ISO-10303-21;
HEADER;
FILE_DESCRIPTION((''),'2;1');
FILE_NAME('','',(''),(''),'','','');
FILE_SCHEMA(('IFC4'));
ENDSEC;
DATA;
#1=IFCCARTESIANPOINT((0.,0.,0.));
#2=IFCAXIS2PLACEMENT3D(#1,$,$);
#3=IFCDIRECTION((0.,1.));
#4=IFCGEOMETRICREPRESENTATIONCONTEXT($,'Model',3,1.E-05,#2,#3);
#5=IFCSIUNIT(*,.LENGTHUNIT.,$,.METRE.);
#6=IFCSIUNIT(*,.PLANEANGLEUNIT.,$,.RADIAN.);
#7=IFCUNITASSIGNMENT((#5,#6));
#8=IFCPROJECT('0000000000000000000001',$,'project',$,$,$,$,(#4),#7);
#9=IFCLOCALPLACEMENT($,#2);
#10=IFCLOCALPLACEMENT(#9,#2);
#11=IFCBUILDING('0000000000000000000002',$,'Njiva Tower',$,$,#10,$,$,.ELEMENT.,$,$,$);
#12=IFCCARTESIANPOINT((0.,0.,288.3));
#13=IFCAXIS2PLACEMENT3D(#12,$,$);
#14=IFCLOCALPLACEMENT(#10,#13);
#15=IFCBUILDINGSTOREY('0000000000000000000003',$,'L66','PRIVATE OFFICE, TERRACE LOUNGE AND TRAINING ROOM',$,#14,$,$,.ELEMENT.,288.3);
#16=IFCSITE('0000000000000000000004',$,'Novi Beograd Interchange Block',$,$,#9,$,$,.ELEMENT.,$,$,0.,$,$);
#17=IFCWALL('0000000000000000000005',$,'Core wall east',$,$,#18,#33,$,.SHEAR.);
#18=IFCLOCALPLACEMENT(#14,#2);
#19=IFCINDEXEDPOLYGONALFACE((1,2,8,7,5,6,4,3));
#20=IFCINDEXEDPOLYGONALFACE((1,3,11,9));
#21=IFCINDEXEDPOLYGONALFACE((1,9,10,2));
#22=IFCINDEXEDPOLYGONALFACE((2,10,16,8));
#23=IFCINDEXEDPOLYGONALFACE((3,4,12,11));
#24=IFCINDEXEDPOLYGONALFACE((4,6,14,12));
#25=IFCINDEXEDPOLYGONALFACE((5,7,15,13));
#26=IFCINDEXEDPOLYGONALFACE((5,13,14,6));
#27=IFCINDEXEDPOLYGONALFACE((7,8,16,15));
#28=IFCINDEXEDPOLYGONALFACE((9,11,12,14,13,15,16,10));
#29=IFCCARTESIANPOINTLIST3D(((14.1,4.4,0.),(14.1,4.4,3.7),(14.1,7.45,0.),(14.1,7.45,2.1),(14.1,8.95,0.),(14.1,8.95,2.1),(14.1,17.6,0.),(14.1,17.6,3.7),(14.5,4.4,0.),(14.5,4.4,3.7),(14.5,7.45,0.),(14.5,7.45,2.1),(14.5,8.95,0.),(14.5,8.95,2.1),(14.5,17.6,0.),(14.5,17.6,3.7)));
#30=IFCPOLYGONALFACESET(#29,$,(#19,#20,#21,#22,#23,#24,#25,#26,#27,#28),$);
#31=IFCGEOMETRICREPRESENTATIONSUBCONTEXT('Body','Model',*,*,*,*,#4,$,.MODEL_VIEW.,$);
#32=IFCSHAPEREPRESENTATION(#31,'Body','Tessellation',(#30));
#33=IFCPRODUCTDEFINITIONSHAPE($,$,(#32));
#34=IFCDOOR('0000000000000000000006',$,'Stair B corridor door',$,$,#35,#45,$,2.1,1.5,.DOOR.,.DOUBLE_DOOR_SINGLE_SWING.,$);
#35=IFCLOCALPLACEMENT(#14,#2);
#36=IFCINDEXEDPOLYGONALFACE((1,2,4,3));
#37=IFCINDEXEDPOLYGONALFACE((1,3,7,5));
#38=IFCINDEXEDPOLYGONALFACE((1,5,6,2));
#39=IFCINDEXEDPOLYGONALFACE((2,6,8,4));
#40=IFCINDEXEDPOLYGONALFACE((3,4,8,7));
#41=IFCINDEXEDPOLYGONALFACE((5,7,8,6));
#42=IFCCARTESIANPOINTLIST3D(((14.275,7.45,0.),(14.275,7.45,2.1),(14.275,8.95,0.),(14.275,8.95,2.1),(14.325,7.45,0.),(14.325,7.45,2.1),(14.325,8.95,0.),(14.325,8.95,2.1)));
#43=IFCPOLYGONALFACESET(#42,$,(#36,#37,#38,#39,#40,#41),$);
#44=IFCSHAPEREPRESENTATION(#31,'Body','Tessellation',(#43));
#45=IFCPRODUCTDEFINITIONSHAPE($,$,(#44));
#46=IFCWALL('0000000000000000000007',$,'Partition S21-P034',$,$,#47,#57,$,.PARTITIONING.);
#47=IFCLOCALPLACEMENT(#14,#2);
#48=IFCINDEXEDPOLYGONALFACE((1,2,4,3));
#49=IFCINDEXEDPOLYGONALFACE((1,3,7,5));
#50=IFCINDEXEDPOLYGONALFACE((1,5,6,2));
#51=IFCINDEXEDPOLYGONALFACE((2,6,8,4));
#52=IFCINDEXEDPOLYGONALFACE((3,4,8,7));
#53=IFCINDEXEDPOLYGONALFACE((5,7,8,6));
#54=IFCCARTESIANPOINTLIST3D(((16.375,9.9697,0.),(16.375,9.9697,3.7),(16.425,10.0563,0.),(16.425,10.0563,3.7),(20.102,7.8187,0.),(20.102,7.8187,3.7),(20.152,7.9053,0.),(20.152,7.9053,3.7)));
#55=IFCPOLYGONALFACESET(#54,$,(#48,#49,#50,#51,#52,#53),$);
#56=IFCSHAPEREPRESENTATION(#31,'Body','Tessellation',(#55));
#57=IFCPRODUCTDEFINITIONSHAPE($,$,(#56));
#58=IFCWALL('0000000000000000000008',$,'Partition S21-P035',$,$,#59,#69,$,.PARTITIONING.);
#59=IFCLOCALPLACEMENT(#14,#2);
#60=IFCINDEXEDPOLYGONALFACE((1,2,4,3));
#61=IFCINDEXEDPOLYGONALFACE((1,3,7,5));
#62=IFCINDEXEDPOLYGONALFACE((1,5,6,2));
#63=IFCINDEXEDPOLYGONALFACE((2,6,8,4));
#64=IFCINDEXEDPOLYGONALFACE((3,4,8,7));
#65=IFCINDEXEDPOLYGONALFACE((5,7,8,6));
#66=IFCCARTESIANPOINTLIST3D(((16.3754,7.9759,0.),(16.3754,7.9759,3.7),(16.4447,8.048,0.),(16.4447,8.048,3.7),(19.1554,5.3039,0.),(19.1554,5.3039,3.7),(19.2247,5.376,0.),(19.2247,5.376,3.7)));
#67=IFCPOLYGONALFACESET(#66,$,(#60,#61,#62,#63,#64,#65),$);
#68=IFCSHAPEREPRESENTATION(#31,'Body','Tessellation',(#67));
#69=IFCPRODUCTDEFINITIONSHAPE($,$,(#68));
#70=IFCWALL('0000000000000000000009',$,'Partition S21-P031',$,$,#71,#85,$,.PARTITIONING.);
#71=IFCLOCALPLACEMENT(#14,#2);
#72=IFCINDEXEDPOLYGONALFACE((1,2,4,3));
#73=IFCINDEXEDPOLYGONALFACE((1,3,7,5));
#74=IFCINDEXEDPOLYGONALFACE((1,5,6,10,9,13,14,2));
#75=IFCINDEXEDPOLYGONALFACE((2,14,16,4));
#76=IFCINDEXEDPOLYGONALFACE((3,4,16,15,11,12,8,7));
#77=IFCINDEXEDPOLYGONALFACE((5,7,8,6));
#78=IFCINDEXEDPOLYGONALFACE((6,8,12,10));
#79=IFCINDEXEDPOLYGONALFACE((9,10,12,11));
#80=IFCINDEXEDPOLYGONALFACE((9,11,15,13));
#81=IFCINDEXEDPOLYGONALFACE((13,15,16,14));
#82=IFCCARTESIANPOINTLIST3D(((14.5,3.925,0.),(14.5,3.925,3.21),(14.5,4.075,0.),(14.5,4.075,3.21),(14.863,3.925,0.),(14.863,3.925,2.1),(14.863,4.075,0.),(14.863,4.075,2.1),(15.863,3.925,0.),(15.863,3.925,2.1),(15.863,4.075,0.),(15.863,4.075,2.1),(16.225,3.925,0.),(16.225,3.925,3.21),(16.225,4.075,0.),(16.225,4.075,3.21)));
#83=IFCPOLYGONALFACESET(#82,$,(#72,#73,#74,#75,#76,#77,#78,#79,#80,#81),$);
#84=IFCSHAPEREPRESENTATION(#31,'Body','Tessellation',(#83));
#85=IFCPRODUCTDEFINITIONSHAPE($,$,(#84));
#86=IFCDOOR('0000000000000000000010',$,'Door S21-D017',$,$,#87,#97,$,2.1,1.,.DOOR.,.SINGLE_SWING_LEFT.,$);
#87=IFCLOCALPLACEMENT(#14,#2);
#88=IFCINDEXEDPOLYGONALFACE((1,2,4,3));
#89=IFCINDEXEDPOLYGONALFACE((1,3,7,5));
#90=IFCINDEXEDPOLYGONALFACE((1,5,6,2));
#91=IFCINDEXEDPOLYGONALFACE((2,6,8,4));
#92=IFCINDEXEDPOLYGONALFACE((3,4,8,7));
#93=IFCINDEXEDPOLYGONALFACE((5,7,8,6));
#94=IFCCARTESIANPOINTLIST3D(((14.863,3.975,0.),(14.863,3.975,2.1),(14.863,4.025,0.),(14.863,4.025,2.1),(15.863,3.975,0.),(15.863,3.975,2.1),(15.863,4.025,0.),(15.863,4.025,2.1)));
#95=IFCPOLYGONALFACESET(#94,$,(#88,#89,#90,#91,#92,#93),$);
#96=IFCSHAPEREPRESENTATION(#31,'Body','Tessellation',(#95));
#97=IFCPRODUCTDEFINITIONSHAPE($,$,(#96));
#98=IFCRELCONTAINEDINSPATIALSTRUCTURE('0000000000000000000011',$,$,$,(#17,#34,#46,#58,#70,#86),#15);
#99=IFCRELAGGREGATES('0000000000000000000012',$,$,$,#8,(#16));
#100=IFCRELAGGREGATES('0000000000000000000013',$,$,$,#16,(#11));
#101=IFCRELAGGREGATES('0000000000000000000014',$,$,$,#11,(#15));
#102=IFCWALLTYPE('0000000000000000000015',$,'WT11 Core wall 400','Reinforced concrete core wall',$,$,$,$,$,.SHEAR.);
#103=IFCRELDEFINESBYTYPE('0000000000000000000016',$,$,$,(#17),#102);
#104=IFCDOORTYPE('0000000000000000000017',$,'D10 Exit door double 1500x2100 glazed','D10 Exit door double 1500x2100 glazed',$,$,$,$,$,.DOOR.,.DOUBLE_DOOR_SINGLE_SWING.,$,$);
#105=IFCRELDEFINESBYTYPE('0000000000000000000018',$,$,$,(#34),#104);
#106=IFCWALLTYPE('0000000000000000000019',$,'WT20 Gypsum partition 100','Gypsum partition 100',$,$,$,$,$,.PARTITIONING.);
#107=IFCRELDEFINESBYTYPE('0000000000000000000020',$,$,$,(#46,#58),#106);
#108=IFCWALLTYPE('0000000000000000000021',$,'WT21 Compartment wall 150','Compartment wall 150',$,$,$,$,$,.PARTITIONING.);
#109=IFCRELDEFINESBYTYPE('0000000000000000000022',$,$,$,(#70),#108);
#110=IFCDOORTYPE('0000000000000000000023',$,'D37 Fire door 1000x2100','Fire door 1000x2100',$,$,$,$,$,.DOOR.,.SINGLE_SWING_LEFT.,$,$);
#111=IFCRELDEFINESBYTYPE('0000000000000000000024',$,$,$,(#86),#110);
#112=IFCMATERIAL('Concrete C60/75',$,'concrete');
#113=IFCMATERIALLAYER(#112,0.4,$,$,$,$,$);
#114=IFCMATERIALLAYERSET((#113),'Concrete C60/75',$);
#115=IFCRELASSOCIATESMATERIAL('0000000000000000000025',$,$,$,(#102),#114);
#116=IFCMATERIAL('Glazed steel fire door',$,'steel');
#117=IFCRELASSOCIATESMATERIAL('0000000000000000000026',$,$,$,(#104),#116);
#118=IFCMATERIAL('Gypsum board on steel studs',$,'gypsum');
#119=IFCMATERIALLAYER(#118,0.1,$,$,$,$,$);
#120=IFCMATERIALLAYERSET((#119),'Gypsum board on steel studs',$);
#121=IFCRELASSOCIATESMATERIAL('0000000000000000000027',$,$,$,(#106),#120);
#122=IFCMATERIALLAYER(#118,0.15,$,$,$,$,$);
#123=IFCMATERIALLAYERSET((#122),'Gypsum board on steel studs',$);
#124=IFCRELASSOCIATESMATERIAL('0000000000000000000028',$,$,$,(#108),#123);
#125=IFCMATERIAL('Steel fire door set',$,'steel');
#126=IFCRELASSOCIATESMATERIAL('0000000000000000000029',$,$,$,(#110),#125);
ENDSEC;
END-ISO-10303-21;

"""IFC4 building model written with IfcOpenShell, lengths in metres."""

from ifc_helpers import new_model, si_unit, direction, frame, frame_2d, origin, place, context, subcontext, project, spatial, rectangle, extrude, material, layer, layer_set, type_object, element, fill, save


model = new_model("IFC4")

# Units and contexts
model_context = context("Model", 3, precision=1e-05, world=origin(), true_north=direction((0.0, 1.0)))
body_context = subcontext(model_context, "Body", "Model", "MODEL_VIEW")
ifc_project = project(units=[si_unit("LENGTHUNIT", "METRE"), si_unit("PLANEANGLEUNIT", "RADIAN")], contexts=[model_context])

# Site, building, storey
site_placement = place(None, origin())
site = spatial("IfcSite", under=ifc_project, at=site_placement, Name="Novi Beograd Interchange Block", CompositionType="ELEMENT", RefElevation=0.0)
building_placement = place(site_placement, origin())
building = spatial("IfcBuilding", under=site, at=building_placement, Name="Njiva Tower", CompositionType="ELEMENT")
storey_placement = place(building_placement, frame((0.0, 0.0, 288.3)))
storey = spatial("IfcBuildingStorey", under=building, at=storey_placement, Name="L66", Description="PRIVATE OFFICE, TERRACE LOUNGE AND TRAINING ROOM", CompositionType="ELEMENT", Elevation=288.3)

# Wall, opening, door
ifc_material_1 = material(Name="Concrete C60/75", Category="concrete")
ifc_layer_1 = layer(ifc_material_1, 0.4)
ifc_layer_set_1 = layer_set([ifc_layer_1], Name="Concrete C60/75")
wall_type_1 = type_object("IfcWallType", Name="WT11 Core wall 400", Description="Reinforced concrete core wall", PredefinedType="SHEAR", material=ifc_layer_set_1)
wall_1_placement = place(storey_placement, frame((14.3, 4.4, 0.0), z_axis=(0.0, 0.0, 1.0), x_axis=(0.0, 1.0, 0.0)))
wall_1 = element("IfcWall", 1, at=wall_1_placement, inside=storey, type_object=wall_type_1, Name="Core wall east", PredefinedType="SHEAR", context=body_context, shape_type="SweptSolid", body=[
    extrude(rectangle(XDim=13.2, YDim=0.4, at=frame_2d((6.6, 0.0))), origin(), (0.0, 0.0, 1.0), 3.7),
])
opening_1_placement = place(wall_1_placement, frame((3.05, 0.0, 0.0)))
opening_1 = element("IfcOpeningElement", 2, at=opening_1_placement, cuts=wall_1, PredefinedType="OPENING", context=body_context, shape_type="SweptSolid", body=[
    extrude(rectangle(XDim=1.5, YDim=2.1, at=frame_2d((0.75, 1.05))), frame((0.0, 0.21, 0.0), z_axis=(0.0, -1.0, 0.0), x_axis=(1.0, 0.0, 0.0)), (0.0, 0.0, 1.0), 0.42),
])
ifc_material_2 = material(Name="Glazed steel fire door", Category="steel")
door_type_1 = type_object("IfcDoorType", Name="D10 Exit door double 1500x2100 glazed", Description="D10 Exit door double 1500x2100 glazed", OperationType="DOUBLE_DOOR_SINGLE_SWING", PredefinedType="DOOR", material=ifc_material_2)
door_1_placement = place(opening_1_placement, origin())
door_1 = element("IfcDoor", 3, at=door_1_placement, inside=storey, type_object=door_type_1, Name="Stair B corridor door", OperationType="DOUBLE_DOOR_SINGLE_SWING", OverallHeight=2.1, OverallWidth=1.5, PredefinedType="DOOR", context=body_context, shape_type="SweptSolid", body=[
    extrude(rectangle(XDim=1.5, YDim=2.1, at=frame_2d((0.75, 1.05))), frame((0.0, 0.025, 0.0), z_axis=(0.0, -1.0, 0.0), x_axis=(1.0, 0.0, 0.0)), (0.0, 0.0, 1.0), 0.05),
])
fill(opening_1, door_1)

# Walls
ifc_material_3 = material(Name="Gypsum board on steel studs", Category="gypsum")
ifc_layer_2 = layer(ifc_material_3, 0.1)
ifc_layer_set_2 = layer_set([ifc_layer_2], Name="Gypsum board on steel studs")
wall_type_2 = type_object("IfcWallType", Name="WT20 Gypsum partition 100", Description="Gypsum partition 100", PredefinedType="PARTITIONING", material=ifc_layer_set_2)
wall_2_placement = place(storey_placement, frame((16.4, 10.013, 0.0), z_axis=(0.0, 0.0, 1.0), x_axis=(0.866104, -0.499863, 0.0)))
element("IfcWall", 4, at=wall_2_placement, inside=storey, type_object=wall_type_2, Name="Partition S21-P034", PredefinedType="PARTITIONING", context=body_context, shape_type="SweptSolid", body=[
    extrude(rectangle(XDim=4.3032, YDim=0.1, at=frame_2d((2.1516, 0.0))), origin(), (0.0, 0.0, 1.0), 3.7),
])
wall_3_placement = place(storey_placement, frame((16.41, 8.012, 0.0), z_axis=(0.0, 0.0, 1.0), x_axis=(0.720973, -0.692964, 0.0)))
element("IfcWall", 5, at=wall_3_placement, inside=storey, type_object=wall_type_2, Name="Partition S21-P035", PredefinedType="PARTITIONING", context=body_context, shape_type="SweptSolid", body=[
    extrude(rectangle(XDim=3.8559, YDim=0.1, at=frame_2d((1.928, 0.0))), origin(), (0.0, 0.0, 1.0), 3.7),
])

# Wall, opening, door
ifc_layer_3 = layer(ifc_material_3, 0.15)
ifc_layer_set_3 = layer_set([ifc_layer_3], Name="Gypsum board on steel studs")
wall_type_3 = type_object("IfcWallType", Name="WT21 Compartment wall 150", Description="Compartment wall 150", PredefinedType="PARTITIONING", material=ifc_layer_set_3)
wall_4_placement = place(storey_placement, frame((14.5, 4.0, 0.0), z_axis=(0.0, 0.0, 1.0), x_axis=(1.0, 0.0, 0.0)))
wall_4 = element("IfcWall", 6, at=wall_4_placement, inside=storey, type_object=wall_type_3, Name="Partition S21-P031", PredefinedType="PARTITIONING", context=body_context, shape_type="SweptSolid", body=[
    extrude(rectangle(XDim=1.725, YDim=0.15, at=frame_2d((0.8625, 0.0))), origin(), (0.0, 0.0, 1.0), 3.21),
])
opening_2_placement = place(wall_4_placement, frame((0.363, 0.0, 0.0)))
opening_2 = element("IfcOpeningElement", 7, at=opening_2_placement, cuts=wall_4, PredefinedType="OPENING", context=body_context, shape_type="SweptSolid", body=[
    extrude(rectangle(XDim=1.0, YDim=2.1, at=frame_2d((0.5, 1.05))), frame((0.0, 0.085, 0.0), z_axis=(0.0, -1.0, 0.0), x_axis=(1.0, 0.0, 0.0)), (0.0, 0.0, 1.0), 0.17),
])
ifc_material_4 = material(Name="Steel fire door set", Category="steel")
door_type_2 = type_object("IfcDoorType", Name="D37 Fire door 1000x2100", Description="Fire door 1000x2100", OperationType="SINGLE_SWING_LEFT", PredefinedType="DOOR", material=ifc_material_4)
door_2_placement = place(opening_2_placement, origin())
door_2 = element("IfcDoor", 8, at=door_2_placement, inside=storey, type_object=door_type_2, Name="Door S21-D017", OperationType="SINGLE_SWING_LEFT", OverallHeight=2.1, OverallWidth=1.0, PredefinedType="DOOR", context=body_context, shape_type="SweptSolid", body=[
    extrude(rectangle(XDim=1.0, YDim=2.1, at=frame_2d((0.5, 1.05))), frame((0.0, 0.025, 0.0), z_axis=(0.0, -1.0, 0.0), x_axis=(1.0, 0.0, 0.0)), (0.0, 0.0, 1.0), 0.05),
])
fill(opening_2, door_2)

save(model, "model.ifc")
